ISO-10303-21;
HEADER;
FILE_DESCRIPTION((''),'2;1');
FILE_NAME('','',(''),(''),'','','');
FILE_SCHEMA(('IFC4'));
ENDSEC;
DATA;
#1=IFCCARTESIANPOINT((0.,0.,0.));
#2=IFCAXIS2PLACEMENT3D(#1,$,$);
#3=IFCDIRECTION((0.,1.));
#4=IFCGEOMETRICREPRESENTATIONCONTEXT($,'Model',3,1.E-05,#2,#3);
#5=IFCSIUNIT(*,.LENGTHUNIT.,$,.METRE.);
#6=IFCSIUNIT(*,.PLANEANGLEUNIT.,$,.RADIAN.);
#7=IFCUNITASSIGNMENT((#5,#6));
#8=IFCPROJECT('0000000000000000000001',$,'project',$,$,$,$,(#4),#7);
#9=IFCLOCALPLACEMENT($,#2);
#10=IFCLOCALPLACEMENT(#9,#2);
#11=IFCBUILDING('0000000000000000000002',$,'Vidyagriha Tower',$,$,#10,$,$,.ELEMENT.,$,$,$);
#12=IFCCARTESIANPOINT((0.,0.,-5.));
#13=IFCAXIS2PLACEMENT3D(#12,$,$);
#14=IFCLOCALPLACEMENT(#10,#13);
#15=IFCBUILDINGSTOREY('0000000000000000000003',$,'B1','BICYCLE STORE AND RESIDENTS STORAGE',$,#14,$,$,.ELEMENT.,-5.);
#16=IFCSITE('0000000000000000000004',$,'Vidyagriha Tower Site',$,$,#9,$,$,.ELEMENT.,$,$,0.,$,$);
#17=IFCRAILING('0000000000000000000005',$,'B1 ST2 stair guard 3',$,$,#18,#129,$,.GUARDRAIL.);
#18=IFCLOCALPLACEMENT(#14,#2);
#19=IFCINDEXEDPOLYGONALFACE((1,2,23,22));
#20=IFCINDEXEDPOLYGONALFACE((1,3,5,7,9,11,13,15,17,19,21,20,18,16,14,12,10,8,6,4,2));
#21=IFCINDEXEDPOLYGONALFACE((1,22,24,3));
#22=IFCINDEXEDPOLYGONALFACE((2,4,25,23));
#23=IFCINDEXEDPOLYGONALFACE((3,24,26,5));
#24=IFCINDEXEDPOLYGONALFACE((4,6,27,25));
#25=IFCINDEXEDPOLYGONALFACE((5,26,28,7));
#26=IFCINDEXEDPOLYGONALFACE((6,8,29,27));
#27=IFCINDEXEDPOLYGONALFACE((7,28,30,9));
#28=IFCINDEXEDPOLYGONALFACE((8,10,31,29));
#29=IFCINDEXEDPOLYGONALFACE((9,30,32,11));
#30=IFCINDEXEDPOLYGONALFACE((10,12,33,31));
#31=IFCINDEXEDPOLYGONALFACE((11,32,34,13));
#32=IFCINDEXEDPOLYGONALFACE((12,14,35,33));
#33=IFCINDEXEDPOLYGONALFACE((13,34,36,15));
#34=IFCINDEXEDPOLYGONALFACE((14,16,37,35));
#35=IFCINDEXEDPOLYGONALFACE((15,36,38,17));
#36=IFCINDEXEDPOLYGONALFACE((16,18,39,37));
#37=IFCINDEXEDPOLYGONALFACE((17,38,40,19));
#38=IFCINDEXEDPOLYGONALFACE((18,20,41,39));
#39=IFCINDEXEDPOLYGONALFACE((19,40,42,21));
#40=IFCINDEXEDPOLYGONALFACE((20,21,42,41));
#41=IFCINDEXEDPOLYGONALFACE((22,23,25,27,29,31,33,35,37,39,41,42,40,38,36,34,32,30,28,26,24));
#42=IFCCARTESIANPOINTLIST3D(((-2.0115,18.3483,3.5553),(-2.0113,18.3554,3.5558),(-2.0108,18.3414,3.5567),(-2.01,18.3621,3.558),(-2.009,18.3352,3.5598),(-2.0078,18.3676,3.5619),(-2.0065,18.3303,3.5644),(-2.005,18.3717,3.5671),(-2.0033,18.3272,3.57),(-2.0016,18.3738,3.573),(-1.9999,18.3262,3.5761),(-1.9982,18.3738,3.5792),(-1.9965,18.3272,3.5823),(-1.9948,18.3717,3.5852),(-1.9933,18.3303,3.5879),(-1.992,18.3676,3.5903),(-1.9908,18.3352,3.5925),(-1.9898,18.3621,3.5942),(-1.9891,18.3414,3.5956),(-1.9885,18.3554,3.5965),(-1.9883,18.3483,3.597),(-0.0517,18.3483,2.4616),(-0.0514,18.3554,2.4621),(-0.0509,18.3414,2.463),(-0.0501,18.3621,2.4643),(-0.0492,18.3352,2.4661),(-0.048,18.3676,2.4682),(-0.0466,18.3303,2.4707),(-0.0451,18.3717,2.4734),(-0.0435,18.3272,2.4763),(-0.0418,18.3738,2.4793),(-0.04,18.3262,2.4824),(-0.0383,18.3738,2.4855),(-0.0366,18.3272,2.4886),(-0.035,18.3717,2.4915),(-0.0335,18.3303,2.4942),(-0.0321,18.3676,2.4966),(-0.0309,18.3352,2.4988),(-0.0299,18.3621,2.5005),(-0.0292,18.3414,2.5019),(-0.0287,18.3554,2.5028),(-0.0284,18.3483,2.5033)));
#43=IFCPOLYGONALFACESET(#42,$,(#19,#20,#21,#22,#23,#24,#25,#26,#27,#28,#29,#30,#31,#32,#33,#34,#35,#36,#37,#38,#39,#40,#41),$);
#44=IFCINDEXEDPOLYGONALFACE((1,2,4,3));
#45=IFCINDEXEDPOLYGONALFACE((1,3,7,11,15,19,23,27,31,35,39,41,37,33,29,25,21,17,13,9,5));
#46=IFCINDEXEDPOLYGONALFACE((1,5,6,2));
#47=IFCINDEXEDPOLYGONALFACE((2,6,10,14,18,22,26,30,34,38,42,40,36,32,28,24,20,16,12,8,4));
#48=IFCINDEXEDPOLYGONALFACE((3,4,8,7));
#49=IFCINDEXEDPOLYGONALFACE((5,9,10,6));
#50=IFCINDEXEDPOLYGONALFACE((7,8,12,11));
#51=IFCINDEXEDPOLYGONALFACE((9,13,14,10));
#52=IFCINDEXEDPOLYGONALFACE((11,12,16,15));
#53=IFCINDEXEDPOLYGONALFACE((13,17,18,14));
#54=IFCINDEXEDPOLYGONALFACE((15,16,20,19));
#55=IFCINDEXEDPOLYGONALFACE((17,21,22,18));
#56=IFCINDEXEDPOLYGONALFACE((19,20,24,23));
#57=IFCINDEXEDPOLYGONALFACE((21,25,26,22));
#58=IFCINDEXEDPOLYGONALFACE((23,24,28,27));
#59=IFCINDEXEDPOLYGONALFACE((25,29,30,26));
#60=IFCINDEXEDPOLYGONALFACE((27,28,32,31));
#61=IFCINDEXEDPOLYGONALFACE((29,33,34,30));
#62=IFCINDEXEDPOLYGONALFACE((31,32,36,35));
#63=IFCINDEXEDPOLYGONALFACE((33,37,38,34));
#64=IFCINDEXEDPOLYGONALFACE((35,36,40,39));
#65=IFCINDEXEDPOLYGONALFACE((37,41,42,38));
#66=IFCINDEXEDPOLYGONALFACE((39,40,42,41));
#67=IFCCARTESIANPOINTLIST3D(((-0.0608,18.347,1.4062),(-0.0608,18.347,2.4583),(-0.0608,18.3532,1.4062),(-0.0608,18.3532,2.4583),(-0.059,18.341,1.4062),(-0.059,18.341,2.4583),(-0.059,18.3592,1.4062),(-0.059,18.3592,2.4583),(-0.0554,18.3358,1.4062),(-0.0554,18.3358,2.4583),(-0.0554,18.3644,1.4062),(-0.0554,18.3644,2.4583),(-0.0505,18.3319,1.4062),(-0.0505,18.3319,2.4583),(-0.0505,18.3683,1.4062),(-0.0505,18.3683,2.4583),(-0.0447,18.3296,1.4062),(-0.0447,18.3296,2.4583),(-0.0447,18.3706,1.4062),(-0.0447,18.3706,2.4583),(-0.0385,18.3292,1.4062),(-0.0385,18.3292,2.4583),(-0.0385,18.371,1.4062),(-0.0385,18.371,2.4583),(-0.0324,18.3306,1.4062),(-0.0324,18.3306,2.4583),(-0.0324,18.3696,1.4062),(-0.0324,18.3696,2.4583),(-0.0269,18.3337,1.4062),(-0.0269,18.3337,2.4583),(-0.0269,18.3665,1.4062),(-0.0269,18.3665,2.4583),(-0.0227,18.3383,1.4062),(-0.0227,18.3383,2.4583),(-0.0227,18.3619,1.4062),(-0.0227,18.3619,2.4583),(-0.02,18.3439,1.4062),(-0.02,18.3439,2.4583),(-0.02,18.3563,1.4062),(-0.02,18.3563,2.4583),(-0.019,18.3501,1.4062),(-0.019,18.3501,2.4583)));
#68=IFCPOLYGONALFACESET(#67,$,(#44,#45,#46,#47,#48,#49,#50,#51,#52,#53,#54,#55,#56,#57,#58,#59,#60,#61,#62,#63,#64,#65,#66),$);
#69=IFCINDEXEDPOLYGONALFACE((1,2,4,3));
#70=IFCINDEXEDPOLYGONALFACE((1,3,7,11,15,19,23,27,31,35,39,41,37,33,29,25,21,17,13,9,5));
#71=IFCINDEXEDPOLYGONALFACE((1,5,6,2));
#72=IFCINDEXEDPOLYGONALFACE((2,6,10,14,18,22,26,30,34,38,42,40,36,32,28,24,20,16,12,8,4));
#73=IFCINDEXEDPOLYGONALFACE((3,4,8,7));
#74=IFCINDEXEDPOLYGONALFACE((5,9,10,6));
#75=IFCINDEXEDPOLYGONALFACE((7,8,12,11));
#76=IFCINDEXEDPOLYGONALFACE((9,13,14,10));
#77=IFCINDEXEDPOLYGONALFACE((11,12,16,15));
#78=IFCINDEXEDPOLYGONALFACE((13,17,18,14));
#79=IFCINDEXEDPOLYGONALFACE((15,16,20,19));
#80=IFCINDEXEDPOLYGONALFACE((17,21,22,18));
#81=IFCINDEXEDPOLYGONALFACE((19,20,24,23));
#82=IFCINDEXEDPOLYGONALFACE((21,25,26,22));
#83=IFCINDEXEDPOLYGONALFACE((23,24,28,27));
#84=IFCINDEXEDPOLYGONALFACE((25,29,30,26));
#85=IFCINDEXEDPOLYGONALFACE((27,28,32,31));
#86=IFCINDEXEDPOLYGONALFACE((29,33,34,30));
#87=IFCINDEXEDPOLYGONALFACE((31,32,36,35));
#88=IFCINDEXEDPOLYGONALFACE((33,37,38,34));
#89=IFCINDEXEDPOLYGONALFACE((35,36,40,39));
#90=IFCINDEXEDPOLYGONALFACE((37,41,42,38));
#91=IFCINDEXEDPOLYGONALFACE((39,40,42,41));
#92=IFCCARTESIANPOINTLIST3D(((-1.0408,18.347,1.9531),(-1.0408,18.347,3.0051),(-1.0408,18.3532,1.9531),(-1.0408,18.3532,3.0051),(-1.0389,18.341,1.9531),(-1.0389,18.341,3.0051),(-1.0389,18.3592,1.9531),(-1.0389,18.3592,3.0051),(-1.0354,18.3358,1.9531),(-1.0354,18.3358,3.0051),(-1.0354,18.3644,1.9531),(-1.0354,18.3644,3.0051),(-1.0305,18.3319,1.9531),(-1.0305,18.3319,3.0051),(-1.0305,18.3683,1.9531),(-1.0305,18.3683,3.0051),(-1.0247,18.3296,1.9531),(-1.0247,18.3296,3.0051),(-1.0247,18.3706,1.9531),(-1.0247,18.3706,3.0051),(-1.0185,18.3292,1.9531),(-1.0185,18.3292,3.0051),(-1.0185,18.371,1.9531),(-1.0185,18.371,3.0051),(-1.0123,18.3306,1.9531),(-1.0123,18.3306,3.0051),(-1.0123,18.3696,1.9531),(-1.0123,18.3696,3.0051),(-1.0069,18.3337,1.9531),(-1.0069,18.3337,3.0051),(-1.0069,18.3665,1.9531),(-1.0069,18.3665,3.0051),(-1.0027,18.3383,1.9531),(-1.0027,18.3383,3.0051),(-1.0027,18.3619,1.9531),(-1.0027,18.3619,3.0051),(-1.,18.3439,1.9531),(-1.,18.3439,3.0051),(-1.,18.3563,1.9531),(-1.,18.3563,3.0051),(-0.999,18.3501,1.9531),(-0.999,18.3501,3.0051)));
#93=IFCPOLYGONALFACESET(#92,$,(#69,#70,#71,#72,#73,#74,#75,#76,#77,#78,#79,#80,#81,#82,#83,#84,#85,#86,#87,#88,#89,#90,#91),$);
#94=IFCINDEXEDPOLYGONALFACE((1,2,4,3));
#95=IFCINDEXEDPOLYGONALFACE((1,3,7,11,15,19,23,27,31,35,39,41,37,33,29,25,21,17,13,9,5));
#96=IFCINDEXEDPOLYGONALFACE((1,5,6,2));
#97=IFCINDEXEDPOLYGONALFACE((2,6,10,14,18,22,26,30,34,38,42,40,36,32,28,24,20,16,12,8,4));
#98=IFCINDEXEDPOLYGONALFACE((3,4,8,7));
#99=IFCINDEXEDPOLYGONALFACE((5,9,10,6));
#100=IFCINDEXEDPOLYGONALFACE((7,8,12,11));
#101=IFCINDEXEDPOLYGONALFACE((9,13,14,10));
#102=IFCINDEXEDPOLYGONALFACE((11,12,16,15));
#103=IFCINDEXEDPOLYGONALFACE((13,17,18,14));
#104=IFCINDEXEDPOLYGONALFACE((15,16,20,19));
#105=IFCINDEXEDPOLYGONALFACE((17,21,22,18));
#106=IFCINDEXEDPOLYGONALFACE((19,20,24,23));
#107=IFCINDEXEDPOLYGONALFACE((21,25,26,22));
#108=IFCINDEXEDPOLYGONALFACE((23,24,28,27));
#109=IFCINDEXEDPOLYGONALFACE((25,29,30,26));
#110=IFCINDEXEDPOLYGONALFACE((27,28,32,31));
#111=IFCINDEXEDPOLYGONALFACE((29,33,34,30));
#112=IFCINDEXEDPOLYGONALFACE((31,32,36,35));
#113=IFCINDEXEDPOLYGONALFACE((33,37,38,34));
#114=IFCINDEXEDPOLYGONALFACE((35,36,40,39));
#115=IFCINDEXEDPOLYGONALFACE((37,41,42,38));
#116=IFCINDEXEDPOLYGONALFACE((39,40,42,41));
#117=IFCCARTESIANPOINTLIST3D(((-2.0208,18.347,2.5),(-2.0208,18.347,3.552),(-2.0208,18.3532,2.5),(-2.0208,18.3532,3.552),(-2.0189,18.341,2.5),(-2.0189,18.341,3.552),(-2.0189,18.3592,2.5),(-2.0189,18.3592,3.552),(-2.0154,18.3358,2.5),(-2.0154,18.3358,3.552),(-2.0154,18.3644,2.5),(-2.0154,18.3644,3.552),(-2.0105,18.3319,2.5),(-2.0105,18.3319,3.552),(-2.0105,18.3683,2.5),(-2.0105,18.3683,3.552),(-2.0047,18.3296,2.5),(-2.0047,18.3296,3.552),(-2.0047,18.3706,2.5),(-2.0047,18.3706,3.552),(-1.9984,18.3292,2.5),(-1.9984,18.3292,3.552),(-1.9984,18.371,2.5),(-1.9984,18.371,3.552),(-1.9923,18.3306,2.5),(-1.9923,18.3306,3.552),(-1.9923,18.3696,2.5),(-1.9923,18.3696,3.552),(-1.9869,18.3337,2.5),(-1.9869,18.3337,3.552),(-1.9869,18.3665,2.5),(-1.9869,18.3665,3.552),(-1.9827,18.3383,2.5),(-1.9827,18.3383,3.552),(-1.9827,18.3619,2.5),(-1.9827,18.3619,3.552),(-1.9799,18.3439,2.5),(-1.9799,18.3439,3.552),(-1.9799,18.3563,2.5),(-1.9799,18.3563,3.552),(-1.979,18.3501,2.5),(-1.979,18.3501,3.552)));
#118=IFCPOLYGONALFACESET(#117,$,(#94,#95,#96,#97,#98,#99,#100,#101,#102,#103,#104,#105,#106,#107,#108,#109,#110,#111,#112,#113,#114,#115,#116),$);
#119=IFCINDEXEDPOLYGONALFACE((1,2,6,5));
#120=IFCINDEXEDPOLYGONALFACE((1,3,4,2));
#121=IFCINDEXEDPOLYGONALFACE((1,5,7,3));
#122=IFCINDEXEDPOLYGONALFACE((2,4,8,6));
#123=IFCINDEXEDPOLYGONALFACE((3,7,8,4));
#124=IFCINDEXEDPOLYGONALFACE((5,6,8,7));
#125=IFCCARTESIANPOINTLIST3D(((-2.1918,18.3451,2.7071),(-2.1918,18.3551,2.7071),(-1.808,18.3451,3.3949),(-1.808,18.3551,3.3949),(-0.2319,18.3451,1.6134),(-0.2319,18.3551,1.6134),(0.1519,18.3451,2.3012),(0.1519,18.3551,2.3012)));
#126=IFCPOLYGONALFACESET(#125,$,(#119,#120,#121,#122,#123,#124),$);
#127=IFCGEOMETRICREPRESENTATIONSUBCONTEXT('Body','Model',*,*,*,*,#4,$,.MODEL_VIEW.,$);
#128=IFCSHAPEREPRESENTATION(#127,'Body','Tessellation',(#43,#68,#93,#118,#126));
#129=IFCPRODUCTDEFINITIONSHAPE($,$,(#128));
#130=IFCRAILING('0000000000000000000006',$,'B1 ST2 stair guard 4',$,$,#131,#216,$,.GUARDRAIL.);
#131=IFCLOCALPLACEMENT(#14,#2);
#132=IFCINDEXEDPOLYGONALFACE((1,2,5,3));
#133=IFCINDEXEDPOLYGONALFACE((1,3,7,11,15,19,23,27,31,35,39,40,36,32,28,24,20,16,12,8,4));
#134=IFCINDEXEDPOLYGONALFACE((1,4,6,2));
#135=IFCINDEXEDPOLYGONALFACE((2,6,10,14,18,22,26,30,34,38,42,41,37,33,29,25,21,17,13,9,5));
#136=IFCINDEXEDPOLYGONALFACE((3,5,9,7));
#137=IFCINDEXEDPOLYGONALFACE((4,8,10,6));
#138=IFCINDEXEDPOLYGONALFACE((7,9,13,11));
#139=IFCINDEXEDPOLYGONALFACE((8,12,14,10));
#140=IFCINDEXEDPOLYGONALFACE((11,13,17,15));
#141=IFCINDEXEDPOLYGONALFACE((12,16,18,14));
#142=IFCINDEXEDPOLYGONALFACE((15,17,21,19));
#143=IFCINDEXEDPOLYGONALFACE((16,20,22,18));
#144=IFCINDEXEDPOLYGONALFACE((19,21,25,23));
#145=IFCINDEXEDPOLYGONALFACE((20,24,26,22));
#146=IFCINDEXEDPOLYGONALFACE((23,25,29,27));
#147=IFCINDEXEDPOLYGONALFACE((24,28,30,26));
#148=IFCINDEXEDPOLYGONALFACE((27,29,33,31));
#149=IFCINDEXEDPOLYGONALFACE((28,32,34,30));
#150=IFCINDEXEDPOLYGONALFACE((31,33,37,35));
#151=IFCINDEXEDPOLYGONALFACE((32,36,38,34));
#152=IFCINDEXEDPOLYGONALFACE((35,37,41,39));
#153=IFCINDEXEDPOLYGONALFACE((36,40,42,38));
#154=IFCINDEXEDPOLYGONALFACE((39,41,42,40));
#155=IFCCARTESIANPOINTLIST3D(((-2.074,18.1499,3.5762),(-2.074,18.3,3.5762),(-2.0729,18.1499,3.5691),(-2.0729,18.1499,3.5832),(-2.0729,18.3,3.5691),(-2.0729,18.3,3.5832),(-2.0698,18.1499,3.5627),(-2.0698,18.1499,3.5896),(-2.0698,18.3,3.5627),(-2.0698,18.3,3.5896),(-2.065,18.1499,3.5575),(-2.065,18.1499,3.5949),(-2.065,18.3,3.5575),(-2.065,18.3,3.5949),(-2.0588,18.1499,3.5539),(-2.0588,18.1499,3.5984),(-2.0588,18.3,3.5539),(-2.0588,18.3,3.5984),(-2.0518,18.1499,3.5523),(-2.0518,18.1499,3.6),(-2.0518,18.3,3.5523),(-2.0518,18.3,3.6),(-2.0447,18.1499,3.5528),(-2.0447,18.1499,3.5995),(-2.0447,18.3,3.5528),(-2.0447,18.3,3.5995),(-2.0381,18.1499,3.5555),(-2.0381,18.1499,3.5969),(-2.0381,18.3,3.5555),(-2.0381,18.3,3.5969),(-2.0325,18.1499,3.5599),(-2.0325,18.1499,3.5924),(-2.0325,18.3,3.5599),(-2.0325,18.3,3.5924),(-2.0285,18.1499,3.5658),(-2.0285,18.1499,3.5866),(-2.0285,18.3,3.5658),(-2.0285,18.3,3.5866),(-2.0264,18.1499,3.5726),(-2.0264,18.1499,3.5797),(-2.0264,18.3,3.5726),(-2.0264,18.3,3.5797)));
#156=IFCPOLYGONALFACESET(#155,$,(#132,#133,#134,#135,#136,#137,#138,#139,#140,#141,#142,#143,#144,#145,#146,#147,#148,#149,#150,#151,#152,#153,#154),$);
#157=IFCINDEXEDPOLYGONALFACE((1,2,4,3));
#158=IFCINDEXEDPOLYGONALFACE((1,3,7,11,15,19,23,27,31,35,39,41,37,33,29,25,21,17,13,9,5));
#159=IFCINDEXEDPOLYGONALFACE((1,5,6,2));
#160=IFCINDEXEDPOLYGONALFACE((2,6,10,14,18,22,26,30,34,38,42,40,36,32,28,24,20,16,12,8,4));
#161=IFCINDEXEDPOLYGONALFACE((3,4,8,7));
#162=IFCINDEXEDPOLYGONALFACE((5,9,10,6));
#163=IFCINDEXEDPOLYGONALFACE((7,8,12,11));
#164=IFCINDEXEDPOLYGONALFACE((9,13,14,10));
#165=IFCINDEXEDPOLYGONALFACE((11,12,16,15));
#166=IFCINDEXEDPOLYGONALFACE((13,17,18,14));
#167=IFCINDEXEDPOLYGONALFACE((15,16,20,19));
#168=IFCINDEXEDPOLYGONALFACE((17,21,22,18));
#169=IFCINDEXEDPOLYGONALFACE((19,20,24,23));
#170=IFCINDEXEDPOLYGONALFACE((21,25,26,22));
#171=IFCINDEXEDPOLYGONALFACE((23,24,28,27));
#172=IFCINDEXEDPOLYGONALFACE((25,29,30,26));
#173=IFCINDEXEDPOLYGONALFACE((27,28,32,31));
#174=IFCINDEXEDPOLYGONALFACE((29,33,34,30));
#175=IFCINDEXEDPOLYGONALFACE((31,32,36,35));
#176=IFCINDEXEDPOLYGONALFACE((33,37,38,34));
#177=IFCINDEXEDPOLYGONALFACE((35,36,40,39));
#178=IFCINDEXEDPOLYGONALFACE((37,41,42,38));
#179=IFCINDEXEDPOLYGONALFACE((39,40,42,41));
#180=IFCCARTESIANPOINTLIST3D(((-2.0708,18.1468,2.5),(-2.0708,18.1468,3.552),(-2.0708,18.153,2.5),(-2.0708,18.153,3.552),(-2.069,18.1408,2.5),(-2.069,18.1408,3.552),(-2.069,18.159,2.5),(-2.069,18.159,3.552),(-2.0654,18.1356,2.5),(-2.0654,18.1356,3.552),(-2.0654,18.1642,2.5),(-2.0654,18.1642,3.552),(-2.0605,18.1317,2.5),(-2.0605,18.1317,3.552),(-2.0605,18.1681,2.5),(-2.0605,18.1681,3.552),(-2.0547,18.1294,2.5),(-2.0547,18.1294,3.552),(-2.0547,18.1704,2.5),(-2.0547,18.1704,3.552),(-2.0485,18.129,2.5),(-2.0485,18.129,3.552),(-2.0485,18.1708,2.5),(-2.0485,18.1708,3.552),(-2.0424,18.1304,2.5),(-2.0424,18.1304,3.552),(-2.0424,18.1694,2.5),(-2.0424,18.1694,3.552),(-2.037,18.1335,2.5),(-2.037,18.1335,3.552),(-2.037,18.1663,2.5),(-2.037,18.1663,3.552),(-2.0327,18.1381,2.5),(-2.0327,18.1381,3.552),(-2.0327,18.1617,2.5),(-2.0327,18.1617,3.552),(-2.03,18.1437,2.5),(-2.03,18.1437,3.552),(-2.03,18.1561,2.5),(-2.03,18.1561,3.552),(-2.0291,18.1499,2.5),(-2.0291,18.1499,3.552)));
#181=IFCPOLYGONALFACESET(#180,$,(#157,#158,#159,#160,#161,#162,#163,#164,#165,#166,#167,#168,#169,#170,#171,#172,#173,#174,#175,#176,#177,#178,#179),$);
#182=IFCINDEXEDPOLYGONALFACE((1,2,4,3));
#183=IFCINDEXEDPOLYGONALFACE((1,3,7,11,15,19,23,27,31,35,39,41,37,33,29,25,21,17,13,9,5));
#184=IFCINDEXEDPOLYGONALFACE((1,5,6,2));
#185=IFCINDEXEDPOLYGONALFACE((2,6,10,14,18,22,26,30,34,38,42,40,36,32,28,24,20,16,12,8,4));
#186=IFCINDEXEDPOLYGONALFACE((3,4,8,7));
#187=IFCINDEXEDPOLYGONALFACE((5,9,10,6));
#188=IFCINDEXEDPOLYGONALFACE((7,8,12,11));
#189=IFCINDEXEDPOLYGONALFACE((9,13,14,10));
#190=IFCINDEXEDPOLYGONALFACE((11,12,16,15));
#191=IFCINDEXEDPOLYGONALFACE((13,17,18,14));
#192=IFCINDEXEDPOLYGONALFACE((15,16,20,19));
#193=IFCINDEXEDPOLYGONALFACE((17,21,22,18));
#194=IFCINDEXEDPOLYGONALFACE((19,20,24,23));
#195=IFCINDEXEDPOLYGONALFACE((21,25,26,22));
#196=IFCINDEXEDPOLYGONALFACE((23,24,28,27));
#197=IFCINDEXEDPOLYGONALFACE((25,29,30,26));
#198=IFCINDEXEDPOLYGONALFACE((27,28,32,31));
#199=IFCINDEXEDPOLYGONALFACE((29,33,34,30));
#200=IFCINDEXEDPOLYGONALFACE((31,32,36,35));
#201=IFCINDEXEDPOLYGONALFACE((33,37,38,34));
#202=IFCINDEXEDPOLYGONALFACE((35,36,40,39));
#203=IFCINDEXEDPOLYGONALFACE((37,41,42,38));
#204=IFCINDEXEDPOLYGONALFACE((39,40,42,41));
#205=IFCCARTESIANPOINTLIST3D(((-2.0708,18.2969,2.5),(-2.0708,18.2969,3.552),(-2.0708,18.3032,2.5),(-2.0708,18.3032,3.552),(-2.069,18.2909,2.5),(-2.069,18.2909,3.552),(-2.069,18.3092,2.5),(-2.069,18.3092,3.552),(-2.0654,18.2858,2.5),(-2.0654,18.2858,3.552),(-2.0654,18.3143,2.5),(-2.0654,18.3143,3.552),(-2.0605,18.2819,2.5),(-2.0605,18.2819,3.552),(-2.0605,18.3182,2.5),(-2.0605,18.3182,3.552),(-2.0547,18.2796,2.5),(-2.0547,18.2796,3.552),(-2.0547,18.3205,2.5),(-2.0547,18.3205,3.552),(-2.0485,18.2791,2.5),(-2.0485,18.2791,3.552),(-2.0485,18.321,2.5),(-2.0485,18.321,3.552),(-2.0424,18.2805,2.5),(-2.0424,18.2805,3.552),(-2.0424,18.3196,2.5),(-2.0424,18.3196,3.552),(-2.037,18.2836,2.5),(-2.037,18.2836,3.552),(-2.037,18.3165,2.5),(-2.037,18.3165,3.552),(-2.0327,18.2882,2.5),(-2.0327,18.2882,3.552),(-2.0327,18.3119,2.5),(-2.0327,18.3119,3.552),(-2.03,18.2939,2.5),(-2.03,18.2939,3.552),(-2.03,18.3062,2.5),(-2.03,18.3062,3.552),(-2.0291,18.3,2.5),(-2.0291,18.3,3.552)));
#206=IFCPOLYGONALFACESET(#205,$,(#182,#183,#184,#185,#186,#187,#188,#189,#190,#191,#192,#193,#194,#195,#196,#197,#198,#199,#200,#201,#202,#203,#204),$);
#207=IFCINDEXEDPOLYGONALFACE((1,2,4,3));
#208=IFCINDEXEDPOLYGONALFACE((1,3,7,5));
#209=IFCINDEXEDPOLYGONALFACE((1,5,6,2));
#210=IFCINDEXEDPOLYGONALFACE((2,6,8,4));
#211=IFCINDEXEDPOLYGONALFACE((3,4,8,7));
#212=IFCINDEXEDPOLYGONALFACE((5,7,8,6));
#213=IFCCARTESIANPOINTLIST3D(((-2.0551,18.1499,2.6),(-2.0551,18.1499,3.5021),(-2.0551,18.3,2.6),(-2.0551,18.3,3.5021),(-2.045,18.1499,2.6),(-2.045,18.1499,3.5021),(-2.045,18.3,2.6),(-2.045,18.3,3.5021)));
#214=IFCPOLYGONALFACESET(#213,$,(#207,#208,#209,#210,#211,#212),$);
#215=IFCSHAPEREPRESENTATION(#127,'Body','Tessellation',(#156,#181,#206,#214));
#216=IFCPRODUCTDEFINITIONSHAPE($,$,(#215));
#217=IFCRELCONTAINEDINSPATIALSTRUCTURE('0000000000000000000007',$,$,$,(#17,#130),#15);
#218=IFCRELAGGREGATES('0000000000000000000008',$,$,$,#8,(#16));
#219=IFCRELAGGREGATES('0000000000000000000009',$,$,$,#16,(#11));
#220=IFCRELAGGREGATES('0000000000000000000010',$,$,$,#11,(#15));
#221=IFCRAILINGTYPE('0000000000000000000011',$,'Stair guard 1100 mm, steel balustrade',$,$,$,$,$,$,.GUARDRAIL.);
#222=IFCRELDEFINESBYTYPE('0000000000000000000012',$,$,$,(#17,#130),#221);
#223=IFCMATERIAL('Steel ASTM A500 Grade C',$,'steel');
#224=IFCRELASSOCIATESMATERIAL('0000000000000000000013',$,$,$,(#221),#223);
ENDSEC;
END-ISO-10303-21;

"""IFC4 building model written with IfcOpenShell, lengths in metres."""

from ifc_helpers import new_model, si_unit, direction, frame, origin, origin_2d, place, context, subcontext, project, spatial, rectangle, circle, extrude, material, type_object, element, save


model = new_model("IFC4")

# Units and contexts
model_context = context("Model", 3, precision=1e-05, world=origin(), true_north=direction((0.0, 1.0)))
body_context = subcontext(model_context, "Body", "Model", "MODEL_VIEW")
ifc_project = project(units=[si_unit("LENGTHUNIT", "METRE"), si_unit("PLANEANGLEUNIT", "RADIAN")], contexts=[model_context])

# Site, building, storey
site_placement = place(None, origin())
site = spatial("IfcSite", under=ifc_project, at=site_placement, Name="Vidyagriha Tower Site", CompositionType="ELEMENT", RefElevation=0.0)
building_placement = place(site_placement, origin())
building = spatial("IfcBuilding", under=site, at=building_placement, Name="Vidyagriha Tower", CompositionType="ELEMENT")
storey_placement = place(building_placement, frame((0.0, 0.0, -5.0)))
storey = spatial("IfcBuildingStorey", under=building, at=storey_placement, Name="B1", Description="BICYCLE STORE AND RESIDENTS STORAGE", CompositionType="ELEMENT", Elevation=-5.0)

# Railings
ifc_material_1 = material(Name="Steel ASTM A500 Grade C", Category="steel")
railing_type_1 = type_object("IfcRailingType", Name="Stair guard 1100 mm, steel balustrade", PredefinedType="GUARDRAIL", material=ifc_material_1)
railing_1_placement = place(storey_placement, frame((-0.04, 18.3501, 1.4062)))
element("IfcRailing", 1, at=railing_1_placement, inside=storey, type_object=railing_type_1, Name="B1 ST2 stair guard 3", PredefinedType="GUARDRAIL", context=body_context, shape_type="SweptSolid", body=[
    extrude(circle(Radius=0.0239, at=origin_2d()), frame((0.0, 0.0, 1.0762), z_axis=(-0.873232, 0.0, 0.487304), x_axis=(0.0, -1.0, 0.0)), (0.0, 0.0, 1.0), 2.2444),
    extrude(circle(Radius=0.021, at=origin_2d()), origin(), (0.0, 0.0, 1.0), 1.052),
    extrude(circle(Radius=0.021, at=origin_2d()), frame((-0.98, 0.0, 0.5469)), (0.0, 0.0, 1.0), 1.052),
    extrude(circle(Radius=0.021, at=origin_2d()), frame((-1.96, 0.0, 1.0938)), (0.0, 0.0, 1.0), 1.052),
    extrude(rectangle(XDim=0.01, YDim=0.7876, at=origin_2d()), frame((0.0, 0.0, 0.551), z_axis=(-0.873232, 0.0, 0.487304), x_axis=(0.0, -1.0, 0.0)), (0.0, 0.0, 1.0), 2.2444),
])
railing_2_placement = place(storey_placement, frame((-2.05, 18.1499, 2.5)))
element("IfcRailing", 2, at=railing_2_placement, inside=storey, type_object=railing_type_1, Name="B1 ST2 stair guard 4", PredefinedType="GUARDRAIL", context=body_context, shape_type="SweptSolid", body=[
    extrude(circle(Radius=0.0239, at=origin_2d()), frame((0.0, 0.0, 1.0762), z_axis=(0.0, 1.0, 0.0), x_axis=(-1.0, 0.0, 0.0)), (0.0, 0.0, 1.0), 0.1501),
    extrude(circle(Radius=0.021, at=origin_2d()), origin(), (0.0, 0.0, 1.0), 1.052),
    extrude(circle(Radius=0.021, at=origin_2d()), frame((0.0, 0.1501, 0.0)), (0.0, 0.0, 1.0), 1.052),
    extrude(rectangle(XDim=0.01, YDim=0.9021, at=origin_2d()), frame((0.0, 0.0, 0.551), z_axis=(0.0, 1.0, 0.0), x_axis=(-1.0, 0.0, 0.0)), (0.0, 0.0, 1.0), 0.1501),
])

save(model, "model.ifc")
